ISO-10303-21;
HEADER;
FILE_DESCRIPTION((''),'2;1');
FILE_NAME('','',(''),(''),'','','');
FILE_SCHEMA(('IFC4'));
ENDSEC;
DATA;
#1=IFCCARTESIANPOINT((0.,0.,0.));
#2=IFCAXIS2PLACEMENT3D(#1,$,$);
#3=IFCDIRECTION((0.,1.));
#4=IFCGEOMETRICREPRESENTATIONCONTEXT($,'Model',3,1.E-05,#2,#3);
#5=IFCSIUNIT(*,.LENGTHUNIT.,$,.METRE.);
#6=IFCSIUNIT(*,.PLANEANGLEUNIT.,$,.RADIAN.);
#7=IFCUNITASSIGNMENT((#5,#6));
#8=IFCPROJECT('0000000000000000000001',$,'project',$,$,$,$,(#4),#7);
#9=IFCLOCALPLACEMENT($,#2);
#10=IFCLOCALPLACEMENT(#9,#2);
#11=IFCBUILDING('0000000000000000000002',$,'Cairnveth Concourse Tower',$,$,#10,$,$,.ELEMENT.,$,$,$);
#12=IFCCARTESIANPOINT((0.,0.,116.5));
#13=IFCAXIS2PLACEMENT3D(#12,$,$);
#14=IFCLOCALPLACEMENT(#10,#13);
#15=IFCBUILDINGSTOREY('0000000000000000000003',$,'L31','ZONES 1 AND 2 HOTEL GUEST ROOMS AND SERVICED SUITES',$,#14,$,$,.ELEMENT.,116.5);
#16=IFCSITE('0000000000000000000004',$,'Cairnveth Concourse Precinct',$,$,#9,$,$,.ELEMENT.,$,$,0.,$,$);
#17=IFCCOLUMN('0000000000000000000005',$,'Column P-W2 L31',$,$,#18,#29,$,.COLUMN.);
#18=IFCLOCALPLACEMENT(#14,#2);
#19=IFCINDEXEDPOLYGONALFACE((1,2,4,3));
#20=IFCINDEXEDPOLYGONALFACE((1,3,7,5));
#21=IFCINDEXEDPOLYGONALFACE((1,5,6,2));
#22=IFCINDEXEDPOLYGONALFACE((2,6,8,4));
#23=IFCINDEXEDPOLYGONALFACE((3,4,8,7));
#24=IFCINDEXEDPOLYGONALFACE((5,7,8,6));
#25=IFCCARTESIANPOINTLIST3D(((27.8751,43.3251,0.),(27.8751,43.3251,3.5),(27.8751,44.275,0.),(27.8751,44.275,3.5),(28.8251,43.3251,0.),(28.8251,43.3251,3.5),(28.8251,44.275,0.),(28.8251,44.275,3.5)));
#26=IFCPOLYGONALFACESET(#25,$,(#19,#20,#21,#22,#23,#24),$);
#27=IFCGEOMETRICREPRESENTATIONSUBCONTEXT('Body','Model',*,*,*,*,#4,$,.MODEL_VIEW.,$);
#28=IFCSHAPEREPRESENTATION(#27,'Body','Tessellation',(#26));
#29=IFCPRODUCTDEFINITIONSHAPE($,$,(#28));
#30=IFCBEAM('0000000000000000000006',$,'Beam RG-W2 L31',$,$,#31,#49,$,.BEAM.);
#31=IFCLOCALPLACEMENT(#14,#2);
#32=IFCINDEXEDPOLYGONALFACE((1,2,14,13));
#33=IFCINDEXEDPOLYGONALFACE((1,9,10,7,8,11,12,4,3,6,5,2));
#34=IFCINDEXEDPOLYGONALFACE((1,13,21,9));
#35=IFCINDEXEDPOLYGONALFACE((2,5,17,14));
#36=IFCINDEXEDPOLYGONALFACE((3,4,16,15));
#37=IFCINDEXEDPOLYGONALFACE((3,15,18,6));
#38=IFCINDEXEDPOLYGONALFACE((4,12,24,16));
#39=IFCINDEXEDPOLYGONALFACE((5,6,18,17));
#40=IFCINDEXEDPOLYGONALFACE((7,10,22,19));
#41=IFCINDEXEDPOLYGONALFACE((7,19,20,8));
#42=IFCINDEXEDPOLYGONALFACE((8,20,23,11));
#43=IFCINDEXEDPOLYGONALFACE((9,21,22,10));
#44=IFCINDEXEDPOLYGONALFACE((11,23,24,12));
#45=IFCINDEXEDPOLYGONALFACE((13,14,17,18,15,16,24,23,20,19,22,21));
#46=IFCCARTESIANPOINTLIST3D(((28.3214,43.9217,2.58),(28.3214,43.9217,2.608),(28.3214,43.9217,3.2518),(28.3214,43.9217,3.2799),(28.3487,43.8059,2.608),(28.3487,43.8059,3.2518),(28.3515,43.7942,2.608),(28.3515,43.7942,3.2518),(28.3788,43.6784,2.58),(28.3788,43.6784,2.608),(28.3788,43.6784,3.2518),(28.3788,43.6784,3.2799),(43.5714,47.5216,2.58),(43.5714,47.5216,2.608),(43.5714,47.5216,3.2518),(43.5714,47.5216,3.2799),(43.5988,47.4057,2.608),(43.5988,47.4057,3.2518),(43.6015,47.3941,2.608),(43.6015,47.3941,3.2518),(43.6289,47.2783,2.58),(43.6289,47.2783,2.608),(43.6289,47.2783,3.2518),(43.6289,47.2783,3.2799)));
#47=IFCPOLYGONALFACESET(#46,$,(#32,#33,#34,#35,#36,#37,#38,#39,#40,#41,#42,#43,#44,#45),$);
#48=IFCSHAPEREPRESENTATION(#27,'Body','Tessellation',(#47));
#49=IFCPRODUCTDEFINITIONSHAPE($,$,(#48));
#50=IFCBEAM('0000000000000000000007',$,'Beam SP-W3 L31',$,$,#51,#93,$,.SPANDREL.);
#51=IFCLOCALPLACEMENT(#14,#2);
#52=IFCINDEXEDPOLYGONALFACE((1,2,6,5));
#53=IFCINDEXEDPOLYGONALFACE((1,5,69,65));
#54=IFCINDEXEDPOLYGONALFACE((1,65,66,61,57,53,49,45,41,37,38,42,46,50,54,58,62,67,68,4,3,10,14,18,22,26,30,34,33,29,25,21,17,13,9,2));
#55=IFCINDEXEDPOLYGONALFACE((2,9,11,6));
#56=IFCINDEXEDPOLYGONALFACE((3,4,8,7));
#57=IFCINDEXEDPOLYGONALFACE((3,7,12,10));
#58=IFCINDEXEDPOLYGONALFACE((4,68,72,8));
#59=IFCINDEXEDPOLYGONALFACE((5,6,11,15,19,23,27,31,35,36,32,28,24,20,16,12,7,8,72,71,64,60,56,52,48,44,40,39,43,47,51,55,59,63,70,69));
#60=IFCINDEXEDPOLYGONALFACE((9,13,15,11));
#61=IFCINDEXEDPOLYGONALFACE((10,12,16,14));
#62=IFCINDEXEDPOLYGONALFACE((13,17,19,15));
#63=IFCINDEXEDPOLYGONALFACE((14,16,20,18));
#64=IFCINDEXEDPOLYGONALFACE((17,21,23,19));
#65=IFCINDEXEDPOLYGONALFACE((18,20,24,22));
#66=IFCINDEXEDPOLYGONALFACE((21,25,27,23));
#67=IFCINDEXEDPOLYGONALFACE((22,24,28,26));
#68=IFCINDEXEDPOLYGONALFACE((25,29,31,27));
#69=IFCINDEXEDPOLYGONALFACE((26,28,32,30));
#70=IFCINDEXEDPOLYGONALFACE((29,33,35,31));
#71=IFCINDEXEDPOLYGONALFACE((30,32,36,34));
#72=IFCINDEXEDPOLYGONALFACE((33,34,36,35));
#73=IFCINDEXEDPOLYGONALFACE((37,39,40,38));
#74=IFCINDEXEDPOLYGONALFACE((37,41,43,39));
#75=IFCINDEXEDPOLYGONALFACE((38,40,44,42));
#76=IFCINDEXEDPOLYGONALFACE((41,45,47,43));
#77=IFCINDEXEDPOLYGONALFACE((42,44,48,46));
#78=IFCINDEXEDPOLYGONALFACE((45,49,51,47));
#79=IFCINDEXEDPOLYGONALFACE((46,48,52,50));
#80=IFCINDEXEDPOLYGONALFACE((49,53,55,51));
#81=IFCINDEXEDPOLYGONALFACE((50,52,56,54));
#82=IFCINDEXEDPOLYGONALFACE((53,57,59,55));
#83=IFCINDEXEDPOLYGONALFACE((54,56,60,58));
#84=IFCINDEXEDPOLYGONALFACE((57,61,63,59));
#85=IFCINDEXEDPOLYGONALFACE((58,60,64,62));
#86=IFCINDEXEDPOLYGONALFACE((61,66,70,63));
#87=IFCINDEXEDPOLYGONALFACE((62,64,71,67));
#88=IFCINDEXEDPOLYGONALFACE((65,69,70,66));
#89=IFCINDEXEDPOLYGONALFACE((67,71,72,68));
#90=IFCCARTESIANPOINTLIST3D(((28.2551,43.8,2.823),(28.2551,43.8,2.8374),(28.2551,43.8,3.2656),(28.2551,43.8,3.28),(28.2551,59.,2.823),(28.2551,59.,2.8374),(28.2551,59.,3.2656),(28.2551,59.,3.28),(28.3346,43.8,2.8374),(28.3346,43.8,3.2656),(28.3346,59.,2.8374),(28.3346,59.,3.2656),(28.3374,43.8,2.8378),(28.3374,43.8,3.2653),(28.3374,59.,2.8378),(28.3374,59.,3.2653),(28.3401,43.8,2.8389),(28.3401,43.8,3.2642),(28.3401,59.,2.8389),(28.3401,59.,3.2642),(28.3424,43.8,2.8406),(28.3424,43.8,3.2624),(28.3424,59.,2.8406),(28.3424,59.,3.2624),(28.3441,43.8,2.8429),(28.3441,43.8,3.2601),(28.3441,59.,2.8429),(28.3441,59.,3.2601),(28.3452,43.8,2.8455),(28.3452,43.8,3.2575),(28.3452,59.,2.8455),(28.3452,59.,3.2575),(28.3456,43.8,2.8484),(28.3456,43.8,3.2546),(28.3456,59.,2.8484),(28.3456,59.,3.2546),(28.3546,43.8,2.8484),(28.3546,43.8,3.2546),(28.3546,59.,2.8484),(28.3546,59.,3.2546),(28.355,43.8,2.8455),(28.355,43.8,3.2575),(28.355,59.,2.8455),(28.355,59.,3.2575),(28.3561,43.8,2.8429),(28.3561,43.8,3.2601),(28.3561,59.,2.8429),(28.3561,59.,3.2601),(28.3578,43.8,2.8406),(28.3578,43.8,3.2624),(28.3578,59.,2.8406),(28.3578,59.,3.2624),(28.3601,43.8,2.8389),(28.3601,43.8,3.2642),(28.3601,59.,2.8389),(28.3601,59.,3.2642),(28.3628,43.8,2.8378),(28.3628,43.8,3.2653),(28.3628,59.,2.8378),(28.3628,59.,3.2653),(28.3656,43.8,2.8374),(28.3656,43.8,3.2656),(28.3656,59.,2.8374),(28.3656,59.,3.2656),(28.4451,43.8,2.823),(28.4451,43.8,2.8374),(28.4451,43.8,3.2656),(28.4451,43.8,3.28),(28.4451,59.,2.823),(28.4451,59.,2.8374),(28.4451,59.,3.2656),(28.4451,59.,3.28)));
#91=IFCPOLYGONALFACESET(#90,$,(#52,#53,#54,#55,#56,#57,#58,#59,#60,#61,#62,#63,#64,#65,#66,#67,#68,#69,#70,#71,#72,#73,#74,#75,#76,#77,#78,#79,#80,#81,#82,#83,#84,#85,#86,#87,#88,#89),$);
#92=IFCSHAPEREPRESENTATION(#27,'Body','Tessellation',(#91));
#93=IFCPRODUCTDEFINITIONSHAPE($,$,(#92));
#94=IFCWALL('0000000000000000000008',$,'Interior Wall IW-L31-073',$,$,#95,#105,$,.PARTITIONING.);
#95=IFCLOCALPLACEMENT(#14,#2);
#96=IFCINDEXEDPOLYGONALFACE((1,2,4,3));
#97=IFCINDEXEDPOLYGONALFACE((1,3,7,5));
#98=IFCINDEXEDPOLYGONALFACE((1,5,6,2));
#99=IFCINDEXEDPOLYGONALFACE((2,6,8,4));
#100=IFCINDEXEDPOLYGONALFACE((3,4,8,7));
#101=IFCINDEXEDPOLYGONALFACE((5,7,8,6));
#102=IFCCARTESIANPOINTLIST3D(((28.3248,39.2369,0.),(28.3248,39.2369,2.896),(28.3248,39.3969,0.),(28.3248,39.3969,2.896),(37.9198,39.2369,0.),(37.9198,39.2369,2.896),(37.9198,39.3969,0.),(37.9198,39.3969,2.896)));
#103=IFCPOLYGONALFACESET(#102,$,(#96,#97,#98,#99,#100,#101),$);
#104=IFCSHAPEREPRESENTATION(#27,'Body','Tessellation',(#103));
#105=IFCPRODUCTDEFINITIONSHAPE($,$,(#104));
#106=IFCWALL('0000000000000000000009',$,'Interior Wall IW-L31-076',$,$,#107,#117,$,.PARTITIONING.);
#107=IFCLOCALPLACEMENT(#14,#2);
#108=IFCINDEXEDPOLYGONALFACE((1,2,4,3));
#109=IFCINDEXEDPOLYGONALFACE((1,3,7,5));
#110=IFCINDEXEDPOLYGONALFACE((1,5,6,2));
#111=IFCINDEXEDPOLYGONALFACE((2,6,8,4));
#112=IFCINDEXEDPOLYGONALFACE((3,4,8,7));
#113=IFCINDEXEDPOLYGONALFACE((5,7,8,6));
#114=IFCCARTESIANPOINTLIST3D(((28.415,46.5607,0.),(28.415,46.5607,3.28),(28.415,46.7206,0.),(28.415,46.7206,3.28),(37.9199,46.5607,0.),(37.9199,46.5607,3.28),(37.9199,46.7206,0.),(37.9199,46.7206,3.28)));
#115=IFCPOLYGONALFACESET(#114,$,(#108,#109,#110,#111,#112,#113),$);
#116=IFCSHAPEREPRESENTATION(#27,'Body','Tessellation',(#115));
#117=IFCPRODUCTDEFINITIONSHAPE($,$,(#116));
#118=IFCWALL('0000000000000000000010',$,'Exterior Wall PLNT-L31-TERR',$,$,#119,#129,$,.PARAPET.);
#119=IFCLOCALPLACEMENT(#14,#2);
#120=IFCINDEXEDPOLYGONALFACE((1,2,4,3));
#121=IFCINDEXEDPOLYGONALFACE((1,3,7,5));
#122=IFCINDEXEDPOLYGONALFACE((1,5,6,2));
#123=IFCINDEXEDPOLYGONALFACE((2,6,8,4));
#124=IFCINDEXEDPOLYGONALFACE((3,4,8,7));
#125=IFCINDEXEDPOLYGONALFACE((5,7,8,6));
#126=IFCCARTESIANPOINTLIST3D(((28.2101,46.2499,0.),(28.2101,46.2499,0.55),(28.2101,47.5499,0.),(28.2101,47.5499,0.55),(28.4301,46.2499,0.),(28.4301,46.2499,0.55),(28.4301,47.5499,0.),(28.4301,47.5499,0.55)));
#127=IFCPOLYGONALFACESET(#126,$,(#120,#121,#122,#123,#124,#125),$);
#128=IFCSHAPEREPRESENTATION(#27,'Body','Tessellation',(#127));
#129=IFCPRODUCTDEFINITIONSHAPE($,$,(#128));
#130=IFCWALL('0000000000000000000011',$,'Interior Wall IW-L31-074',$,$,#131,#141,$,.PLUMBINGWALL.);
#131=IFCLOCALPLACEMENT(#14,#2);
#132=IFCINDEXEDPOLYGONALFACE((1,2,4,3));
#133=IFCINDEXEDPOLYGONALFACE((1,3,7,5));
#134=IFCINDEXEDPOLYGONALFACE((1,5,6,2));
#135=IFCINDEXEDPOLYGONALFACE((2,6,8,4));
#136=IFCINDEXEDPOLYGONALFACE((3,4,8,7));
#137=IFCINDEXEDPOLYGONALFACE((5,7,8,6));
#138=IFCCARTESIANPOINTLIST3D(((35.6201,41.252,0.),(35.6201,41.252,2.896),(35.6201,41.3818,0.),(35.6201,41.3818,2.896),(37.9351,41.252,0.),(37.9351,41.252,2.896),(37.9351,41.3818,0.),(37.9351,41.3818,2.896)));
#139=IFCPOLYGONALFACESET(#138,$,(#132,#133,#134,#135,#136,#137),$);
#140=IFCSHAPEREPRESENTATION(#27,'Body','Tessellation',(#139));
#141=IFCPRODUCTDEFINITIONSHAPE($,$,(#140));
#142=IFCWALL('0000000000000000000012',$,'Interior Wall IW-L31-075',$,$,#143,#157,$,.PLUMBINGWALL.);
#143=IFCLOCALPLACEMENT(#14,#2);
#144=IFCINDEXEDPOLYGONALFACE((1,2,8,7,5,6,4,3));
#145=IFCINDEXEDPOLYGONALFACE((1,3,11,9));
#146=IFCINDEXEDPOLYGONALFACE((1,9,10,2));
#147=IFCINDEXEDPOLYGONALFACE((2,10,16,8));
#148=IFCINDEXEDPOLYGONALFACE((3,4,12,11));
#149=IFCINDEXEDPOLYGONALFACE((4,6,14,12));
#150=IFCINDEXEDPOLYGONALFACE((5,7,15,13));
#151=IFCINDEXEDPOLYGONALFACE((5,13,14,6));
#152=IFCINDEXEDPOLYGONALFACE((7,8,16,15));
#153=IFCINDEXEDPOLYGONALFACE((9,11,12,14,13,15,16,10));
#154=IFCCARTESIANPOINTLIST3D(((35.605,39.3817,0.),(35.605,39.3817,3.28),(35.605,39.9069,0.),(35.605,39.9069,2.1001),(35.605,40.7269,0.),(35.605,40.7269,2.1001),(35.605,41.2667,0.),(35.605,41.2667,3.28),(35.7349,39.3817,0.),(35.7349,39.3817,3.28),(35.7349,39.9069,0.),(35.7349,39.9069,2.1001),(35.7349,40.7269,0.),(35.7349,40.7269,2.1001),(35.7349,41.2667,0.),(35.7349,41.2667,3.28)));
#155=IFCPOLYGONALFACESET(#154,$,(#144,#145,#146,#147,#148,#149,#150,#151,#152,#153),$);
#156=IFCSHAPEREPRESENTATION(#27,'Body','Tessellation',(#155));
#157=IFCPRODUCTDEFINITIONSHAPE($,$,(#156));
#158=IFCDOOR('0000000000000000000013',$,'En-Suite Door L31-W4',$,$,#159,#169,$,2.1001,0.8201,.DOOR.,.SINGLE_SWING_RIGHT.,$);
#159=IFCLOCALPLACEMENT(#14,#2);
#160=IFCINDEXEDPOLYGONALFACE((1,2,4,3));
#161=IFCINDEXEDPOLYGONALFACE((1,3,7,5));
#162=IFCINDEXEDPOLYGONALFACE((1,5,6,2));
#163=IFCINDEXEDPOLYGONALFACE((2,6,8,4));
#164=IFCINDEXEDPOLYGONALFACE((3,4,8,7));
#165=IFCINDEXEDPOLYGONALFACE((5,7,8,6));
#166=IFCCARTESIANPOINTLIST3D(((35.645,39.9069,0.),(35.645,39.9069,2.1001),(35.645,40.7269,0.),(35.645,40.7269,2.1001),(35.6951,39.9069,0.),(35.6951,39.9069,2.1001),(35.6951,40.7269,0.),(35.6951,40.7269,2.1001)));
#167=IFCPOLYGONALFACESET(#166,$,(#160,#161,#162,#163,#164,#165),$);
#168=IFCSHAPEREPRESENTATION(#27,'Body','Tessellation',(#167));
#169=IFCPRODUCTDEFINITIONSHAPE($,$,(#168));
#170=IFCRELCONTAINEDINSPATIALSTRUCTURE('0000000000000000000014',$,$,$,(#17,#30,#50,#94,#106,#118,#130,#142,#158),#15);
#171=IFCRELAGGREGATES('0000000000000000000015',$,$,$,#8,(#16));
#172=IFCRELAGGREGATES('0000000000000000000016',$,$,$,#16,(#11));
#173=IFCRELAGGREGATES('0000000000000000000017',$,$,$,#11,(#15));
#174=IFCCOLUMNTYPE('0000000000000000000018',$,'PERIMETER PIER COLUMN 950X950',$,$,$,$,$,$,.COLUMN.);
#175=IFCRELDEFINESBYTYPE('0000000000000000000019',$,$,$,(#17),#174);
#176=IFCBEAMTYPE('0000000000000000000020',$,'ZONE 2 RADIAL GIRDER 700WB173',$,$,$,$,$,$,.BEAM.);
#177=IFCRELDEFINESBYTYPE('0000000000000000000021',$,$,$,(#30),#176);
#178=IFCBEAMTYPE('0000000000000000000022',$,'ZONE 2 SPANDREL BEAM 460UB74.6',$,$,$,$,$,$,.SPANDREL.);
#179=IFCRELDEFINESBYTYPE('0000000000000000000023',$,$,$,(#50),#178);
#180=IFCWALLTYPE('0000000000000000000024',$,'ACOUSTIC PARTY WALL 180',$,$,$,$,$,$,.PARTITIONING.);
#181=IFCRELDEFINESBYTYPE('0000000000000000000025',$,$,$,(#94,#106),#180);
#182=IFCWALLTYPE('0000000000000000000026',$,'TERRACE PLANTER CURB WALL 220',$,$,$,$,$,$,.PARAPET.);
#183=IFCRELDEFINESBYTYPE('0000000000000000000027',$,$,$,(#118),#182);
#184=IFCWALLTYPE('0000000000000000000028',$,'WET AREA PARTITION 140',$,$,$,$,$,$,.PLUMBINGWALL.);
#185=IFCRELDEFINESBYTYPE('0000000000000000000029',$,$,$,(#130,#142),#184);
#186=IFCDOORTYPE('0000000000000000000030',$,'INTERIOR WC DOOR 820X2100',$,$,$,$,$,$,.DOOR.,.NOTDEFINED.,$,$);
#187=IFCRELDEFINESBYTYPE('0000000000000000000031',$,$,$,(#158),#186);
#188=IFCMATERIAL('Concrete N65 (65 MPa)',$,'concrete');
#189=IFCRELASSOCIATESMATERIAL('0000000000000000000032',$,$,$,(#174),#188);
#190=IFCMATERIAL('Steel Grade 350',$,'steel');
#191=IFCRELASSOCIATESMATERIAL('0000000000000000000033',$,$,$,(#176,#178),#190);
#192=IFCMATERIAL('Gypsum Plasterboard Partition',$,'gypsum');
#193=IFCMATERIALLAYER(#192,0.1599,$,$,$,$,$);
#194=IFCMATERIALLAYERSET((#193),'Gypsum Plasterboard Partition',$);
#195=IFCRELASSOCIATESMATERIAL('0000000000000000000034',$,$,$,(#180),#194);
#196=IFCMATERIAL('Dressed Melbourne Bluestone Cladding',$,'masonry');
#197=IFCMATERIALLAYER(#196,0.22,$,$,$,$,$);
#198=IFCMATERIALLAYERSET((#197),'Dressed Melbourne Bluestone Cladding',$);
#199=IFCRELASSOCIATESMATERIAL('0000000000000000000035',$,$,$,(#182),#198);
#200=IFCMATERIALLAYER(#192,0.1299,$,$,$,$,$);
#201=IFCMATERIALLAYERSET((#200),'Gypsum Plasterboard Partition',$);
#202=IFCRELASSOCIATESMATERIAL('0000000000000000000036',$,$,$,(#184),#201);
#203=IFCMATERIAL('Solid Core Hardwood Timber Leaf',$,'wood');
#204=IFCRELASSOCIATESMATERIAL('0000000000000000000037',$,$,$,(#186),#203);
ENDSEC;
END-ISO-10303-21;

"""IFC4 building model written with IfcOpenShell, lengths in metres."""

from ifc_helpers import new_model, si_unit, direction, frame, frame_2d, origin, origin_2d, place, context, subcontext, project, spatial, rectangle, i_section, extrude, material, layer, layer_set, material_profile, profile_set, type_object, element, fill, save


model = new_model("IFC4")

# Units and contexts
model_context = context("Model", 3, precision=1e-05, world=origin(), true_north=direction((0.0, 1.0)))
body_context = subcontext(model_context, "Body", "Model", "MODEL_VIEW")
ifc_project = project(units=[si_unit("LENGTHUNIT", "METRE"), si_unit("PLANEANGLEUNIT", "RADIAN")], contexts=[model_context])

# Site, building, storey
site_placement = place(None, origin())
site = spatial("IfcSite", under=ifc_project, at=site_placement, Name="Cairnveth Concourse Precinct", CompositionType="ELEMENT", RefElevation=0.0)
building_placement = place(site_placement, origin())
building = spatial("IfcBuilding", under=site, at=building_placement, Name="Cairnveth Concourse Tower", CompositionType="ELEMENT")
storey_placement = place(building_placement, frame((0.0, 0.0, 116.5)))
storey = spatial("IfcBuildingStorey", under=building, at=storey_placement, Name="L31", Description="ZONES 1 AND 2 HOTEL GUEST ROOMS AND SERVICED SUITES", CompositionType="ELEMENT", Elevation=116.5)

# Column
ifc_material_1 = material(Name="Concrete N65 (65 MPa)", Category="concrete")
ifc_material_profile_1 = material_profile(ifc_material_1, rectangle(XDim=0.95, YDim=0.95, at=origin_2d()), Name="RC-COL-950x950")
ifc_profile_set_1 = profile_set([ifc_material_profile_1], Name="Concrete N65 (65 MPa)")
column_type = type_object("IfcColumnType", Name="PERIMETER PIER COLUMN 950X950", PredefinedType="COLUMN", material=ifc_profile_set_1)
column_placement = place(storey_placement, frame((28.3501, 43.8, 0.0), z_axis=(0.0, 0.0, 1.0), x_axis=(0.0, 1.0, 0.0)))
element("IfcColumn", 1, at=column_placement, inside=storey, type_object=column_type, Name="Column P-W2 L31", PredefinedType="COLUMN", context=body_context, shape_type="SweptSolid", body=[
    extrude(rectangle(XDim=0.95, YDim=0.95, at=origin_2d()), origin(), (0.0, 0.0, 1.0), 3.5),
])

# Beams
ifc_material_2 = material(Name="Steel Grade 350", Category="steel")
ifc_material_profile_2 = material_profile(ifc_material_2, i_section(OverallWidth=0.25, OverallDepth=0.7, WebThickness=0.012, FlangeThickness=0.0281, at=origin_2d()), Name="700WB173")
ifc_profile_set_2 = profile_set([ifc_material_profile_2], Name="Steel Grade 350")
beam_type_1 = type_object("IfcBeamType", Name="ZONE 2 RADIAL GIRDER 700WB173", PredefinedType="BEAM", material=ifc_profile_set_2)
beam_1_placement = place(storey_placement, frame((28.3501, 43.8, 2.9299), z_axis=(0.973252, 0.229742, 0.0), x_axis=(-0.229742, 0.973252, 0.0)))
element("IfcBeam", 2, at=beam_1_placement, inside=storey, type_object=beam_type_1, Name="Beam RG-W2 L31", PredefinedType="BEAM", context=body_context, shape_type="SweptSolid", body=[
    extrude(i_section(OverallWidth=0.25, OverallDepth=0.7, WebThickness=0.012, FlangeThickness=0.0281, at=origin_2d()), origin(), (0.0, 0.0, 1.0), 15.6692),
])
ifc_material_profile_3 = material_profile(ifc_material_2, i_section(OverallWidth=0.1899, OverallDepth=0.457, WebThickness=0.009, FlangeThickness=0.0144, FilletRadius=0.011, at=origin_2d()), Name="460UB74.6")
ifc_profile_set_3 = profile_set([ifc_material_profile_3], Name="Steel Grade 350")
beam_type_2 = type_object("IfcBeamType", Name="ZONE 2 SPANDREL BEAM 460UB74.6", PredefinedType="SPANDREL", material=ifc_profile_set_3)
beam_2_placement = place(storey_placement, frame((28.3501, 43.8, 3.0515), z_axis=(0.0, 1.0, 0.0), x_axis=(-1.0, 0.0, 0.0)))
element("IfcBeam", 3, at=beam_2_placement, inside=storey, type_object=beam_type_2, Name="Beam SP-W3 L31", PredefinedType="SPANDREL", context=body_context, shape_type="SweptSolid", body=[
    extrude(i_section(OverallWidth=0.1899, OverallDepth=0.457, WebThickness=0.009, FlangeThickness=0.0144, FilletRadius=0.011, at=origin_2d()), origin(), (0.0, 0.0, 1.0), 15.2),
])

# Walls
ifc_material_3 = material(Name="Gypsum Plasterboard Partition", Category="gypsum")
ifc_layer_1 = layer(ifc_material_3, 0.1599)
ifc_layer_set_1 = layer_set([ifc_layer_1], Name="Gypsum Plasterboard Partition")
wall_type_1 = type_object("IfcWallType", Name="ACOUSTIC PARTY WALL 180", PredefinedType="PARTITIONING", material=ifc_layer_set_1)
wall_1_placement = place(storey_placement, frame((28.325, 39.3169, 0.0), z_axis=(0.0, 0.0, 1.0), x_axis=(1.0, 0.0, 0.0)))
element("IfcWall", 4, at=wall_1_placement, inside=storey, type_object=wall_type_1, Name="Interior Wall IW-L31-073", PredefinedType="PARTITIONING", context=body_context, shape_type="SweptSolid", body=[
    extrude(rectangle(XDim=9.595, YDim=0.1599, at=frame_2d((4.7974, 0.0))), origin(), (0.0, 0.0, 1.0), 2.896),
])
wall_2_placement = place(storey_placement, frame((28.415, 46.6406, 0.0), z_axis=(0.0, 0.0, 1.0), x_axis=(1.0, 0.0, 0.0)))
element("IfcWall", 5, at=wall_2_placement, inside=storey, type_object=wall_type_1, Name="Interior Wall IW-L31-076", PredefinedType="PARTITIONING", context=body_context, shape_type="SweptSolid", body=[
    extrude(rectangle(XDim=9.5049, YDim=0.1599, at=frame_2d((4.7524, 0.0))), origin(), (0.0, 0.0, 1.0), 3.28),
])
ifc_material_4 = material(Name="Dressed Melbourne Bluestone Cladding", Category="masonry")
ifc_layer_2 = layer(ifc_material_4, 0.22)
ifc_layer_set_2 = layer_set([ifc_layer_2], Name="Dressed Melbourne Bluestone Cladding")
wall_type_2 = type_object("IfcWallType", Name="TERRACE PLANTER CURB WALL 220", PredefinedType="PARAPET", material=ifc_layer_set_2)
wall_3_placement = place(storey_placement, frame((28.3201, 46.25, 0.0), z_axis=(0.0, 0.0, 1.0), x_axis=(0.0, 1.0, 0.0)))
element("IfcWall", 6, at=wall_3_placement, inside=storey, type_object=wall_type_2, Name="Exterior Wall PLNT-L31-TERR", PredefinedType="PARAPET", context=body_context, shape_type="SweptSolid", body=[
    extrude(rectangle(XDim=1.3, YDim=0.22, at=frame_2d((0.6499, 0.0))), origin(), (0.0, 0.0, 1.0), 0.55),
])
ifc_layer_3 = layer(ifc_material_3, 0.1299)
ifc_layer_set_3 = layer_set([ifc_layer_3], Name="Gypsum Plasterboard Partition")
wall_type_3 = type_object("IfcWallType", Name="WET AREA PARTITION 140", PredefinedType="PLUMBINGWALL", material=ifc_layer_set_3)
wall_4_placement = place(storey_placement, frame((35.6201, 41.3169, 0.0), z_axis=(0.0, 0.0, 1.0), x_axis=(1.0, 0.0, 0.0)))
element("IfcWall", 7, at=wall_4_placement, inside=storey, type_object=wall_type_3, Name="Interior Wall IW-L31-074", PredefinedType="PLUMBINGWALL", context=body_context, shape_type="SweptSolid", body=[
    extrude(rectangle(XDim=2.3149, YDim=0.1299, at=frame_2d((1.1575, 0.0))), origin(), (0.0, 0.0, 1.0), 2.896),
])

# Wall, opening, door
wall_5_placement = place(storey_placement, frame((35.6699, 39.3818, 0.0), z_axis=(0.0, 0.0, 1.0), x_axis=(0.0, 1.0, 0.0)))
wall_5 = element("IfcWall", 8, at=wall_5_placement, inside=storey, type_object=wall_type_3, Name="Interior Wall IW-L31-075", PredefinedType="PLUMBINGWALL", context=body_context, shape_type="SweptSolid", body=[
    extrude(rectangle(XDim=1.885, YDim=0.1299, at=frame_2d((0.9424, 0.0))), origin(), (0.0, 0.0, 1.0), 3.28),
])
opening_1_placement = place(wall_5_placement, frame((0.5249, 0.0, 0.0)))
opening_1 = element("IfcOpeningElement", 9, at=opening_1_placement, cuts=wall_5, PredefinedType="OPENING", context=body_context, shape_type="SweptSolid", body=[
    extrude(rectangle(XDim=0.8201, YDim=2.1001, at=frame_2d((0.4102, 1.05))), frame((0.0, 0.075, 0.0), z_axis=(0.0, -1.0, 0.0), x_axis=(1.0, 0.0, 0.0)), (0.0, 0.0, 1.0), 0.1499),
])
ifc_material_5 = material(Name="Solid Core Hardwood Timber Leaf", Category="wood")
door_type_1 = type_object("IfcDoorType", Name="INTERIOR WC DOOR 820X2100", OperationType="NOTDEFINED", PredefinedType="DOOR", material=ifc_material_5)
door_1_placement = place(opening_1_placement, origin())
door_1 = element("IfcDoor", 10, at=door_1_placement, inside=storey, type_object=door_type_1, Name="En-Suite Door L31-W4", OperationType="SINGLE_SWING_RIGHT", OverallHeight=2.1001, OverallWidth=0.8201, PredefinedType="DOOR", context=body_context, shape_type="SweptSolid", body=[
    extrude(rectangle(XDim=0.8201, YDim=2.1001, at=frame_2d((0.4102, 1.05))), frame((0.0, 0.0249, 0.0), z_axis=(0.0, -1.0, 0.0), x_axis=(1.0, 0.0, 0.0)), (0.0, 0.0, 1.0), 0.05),
])
fill(opening_1, door_1)

save(model, "model.ifc")
